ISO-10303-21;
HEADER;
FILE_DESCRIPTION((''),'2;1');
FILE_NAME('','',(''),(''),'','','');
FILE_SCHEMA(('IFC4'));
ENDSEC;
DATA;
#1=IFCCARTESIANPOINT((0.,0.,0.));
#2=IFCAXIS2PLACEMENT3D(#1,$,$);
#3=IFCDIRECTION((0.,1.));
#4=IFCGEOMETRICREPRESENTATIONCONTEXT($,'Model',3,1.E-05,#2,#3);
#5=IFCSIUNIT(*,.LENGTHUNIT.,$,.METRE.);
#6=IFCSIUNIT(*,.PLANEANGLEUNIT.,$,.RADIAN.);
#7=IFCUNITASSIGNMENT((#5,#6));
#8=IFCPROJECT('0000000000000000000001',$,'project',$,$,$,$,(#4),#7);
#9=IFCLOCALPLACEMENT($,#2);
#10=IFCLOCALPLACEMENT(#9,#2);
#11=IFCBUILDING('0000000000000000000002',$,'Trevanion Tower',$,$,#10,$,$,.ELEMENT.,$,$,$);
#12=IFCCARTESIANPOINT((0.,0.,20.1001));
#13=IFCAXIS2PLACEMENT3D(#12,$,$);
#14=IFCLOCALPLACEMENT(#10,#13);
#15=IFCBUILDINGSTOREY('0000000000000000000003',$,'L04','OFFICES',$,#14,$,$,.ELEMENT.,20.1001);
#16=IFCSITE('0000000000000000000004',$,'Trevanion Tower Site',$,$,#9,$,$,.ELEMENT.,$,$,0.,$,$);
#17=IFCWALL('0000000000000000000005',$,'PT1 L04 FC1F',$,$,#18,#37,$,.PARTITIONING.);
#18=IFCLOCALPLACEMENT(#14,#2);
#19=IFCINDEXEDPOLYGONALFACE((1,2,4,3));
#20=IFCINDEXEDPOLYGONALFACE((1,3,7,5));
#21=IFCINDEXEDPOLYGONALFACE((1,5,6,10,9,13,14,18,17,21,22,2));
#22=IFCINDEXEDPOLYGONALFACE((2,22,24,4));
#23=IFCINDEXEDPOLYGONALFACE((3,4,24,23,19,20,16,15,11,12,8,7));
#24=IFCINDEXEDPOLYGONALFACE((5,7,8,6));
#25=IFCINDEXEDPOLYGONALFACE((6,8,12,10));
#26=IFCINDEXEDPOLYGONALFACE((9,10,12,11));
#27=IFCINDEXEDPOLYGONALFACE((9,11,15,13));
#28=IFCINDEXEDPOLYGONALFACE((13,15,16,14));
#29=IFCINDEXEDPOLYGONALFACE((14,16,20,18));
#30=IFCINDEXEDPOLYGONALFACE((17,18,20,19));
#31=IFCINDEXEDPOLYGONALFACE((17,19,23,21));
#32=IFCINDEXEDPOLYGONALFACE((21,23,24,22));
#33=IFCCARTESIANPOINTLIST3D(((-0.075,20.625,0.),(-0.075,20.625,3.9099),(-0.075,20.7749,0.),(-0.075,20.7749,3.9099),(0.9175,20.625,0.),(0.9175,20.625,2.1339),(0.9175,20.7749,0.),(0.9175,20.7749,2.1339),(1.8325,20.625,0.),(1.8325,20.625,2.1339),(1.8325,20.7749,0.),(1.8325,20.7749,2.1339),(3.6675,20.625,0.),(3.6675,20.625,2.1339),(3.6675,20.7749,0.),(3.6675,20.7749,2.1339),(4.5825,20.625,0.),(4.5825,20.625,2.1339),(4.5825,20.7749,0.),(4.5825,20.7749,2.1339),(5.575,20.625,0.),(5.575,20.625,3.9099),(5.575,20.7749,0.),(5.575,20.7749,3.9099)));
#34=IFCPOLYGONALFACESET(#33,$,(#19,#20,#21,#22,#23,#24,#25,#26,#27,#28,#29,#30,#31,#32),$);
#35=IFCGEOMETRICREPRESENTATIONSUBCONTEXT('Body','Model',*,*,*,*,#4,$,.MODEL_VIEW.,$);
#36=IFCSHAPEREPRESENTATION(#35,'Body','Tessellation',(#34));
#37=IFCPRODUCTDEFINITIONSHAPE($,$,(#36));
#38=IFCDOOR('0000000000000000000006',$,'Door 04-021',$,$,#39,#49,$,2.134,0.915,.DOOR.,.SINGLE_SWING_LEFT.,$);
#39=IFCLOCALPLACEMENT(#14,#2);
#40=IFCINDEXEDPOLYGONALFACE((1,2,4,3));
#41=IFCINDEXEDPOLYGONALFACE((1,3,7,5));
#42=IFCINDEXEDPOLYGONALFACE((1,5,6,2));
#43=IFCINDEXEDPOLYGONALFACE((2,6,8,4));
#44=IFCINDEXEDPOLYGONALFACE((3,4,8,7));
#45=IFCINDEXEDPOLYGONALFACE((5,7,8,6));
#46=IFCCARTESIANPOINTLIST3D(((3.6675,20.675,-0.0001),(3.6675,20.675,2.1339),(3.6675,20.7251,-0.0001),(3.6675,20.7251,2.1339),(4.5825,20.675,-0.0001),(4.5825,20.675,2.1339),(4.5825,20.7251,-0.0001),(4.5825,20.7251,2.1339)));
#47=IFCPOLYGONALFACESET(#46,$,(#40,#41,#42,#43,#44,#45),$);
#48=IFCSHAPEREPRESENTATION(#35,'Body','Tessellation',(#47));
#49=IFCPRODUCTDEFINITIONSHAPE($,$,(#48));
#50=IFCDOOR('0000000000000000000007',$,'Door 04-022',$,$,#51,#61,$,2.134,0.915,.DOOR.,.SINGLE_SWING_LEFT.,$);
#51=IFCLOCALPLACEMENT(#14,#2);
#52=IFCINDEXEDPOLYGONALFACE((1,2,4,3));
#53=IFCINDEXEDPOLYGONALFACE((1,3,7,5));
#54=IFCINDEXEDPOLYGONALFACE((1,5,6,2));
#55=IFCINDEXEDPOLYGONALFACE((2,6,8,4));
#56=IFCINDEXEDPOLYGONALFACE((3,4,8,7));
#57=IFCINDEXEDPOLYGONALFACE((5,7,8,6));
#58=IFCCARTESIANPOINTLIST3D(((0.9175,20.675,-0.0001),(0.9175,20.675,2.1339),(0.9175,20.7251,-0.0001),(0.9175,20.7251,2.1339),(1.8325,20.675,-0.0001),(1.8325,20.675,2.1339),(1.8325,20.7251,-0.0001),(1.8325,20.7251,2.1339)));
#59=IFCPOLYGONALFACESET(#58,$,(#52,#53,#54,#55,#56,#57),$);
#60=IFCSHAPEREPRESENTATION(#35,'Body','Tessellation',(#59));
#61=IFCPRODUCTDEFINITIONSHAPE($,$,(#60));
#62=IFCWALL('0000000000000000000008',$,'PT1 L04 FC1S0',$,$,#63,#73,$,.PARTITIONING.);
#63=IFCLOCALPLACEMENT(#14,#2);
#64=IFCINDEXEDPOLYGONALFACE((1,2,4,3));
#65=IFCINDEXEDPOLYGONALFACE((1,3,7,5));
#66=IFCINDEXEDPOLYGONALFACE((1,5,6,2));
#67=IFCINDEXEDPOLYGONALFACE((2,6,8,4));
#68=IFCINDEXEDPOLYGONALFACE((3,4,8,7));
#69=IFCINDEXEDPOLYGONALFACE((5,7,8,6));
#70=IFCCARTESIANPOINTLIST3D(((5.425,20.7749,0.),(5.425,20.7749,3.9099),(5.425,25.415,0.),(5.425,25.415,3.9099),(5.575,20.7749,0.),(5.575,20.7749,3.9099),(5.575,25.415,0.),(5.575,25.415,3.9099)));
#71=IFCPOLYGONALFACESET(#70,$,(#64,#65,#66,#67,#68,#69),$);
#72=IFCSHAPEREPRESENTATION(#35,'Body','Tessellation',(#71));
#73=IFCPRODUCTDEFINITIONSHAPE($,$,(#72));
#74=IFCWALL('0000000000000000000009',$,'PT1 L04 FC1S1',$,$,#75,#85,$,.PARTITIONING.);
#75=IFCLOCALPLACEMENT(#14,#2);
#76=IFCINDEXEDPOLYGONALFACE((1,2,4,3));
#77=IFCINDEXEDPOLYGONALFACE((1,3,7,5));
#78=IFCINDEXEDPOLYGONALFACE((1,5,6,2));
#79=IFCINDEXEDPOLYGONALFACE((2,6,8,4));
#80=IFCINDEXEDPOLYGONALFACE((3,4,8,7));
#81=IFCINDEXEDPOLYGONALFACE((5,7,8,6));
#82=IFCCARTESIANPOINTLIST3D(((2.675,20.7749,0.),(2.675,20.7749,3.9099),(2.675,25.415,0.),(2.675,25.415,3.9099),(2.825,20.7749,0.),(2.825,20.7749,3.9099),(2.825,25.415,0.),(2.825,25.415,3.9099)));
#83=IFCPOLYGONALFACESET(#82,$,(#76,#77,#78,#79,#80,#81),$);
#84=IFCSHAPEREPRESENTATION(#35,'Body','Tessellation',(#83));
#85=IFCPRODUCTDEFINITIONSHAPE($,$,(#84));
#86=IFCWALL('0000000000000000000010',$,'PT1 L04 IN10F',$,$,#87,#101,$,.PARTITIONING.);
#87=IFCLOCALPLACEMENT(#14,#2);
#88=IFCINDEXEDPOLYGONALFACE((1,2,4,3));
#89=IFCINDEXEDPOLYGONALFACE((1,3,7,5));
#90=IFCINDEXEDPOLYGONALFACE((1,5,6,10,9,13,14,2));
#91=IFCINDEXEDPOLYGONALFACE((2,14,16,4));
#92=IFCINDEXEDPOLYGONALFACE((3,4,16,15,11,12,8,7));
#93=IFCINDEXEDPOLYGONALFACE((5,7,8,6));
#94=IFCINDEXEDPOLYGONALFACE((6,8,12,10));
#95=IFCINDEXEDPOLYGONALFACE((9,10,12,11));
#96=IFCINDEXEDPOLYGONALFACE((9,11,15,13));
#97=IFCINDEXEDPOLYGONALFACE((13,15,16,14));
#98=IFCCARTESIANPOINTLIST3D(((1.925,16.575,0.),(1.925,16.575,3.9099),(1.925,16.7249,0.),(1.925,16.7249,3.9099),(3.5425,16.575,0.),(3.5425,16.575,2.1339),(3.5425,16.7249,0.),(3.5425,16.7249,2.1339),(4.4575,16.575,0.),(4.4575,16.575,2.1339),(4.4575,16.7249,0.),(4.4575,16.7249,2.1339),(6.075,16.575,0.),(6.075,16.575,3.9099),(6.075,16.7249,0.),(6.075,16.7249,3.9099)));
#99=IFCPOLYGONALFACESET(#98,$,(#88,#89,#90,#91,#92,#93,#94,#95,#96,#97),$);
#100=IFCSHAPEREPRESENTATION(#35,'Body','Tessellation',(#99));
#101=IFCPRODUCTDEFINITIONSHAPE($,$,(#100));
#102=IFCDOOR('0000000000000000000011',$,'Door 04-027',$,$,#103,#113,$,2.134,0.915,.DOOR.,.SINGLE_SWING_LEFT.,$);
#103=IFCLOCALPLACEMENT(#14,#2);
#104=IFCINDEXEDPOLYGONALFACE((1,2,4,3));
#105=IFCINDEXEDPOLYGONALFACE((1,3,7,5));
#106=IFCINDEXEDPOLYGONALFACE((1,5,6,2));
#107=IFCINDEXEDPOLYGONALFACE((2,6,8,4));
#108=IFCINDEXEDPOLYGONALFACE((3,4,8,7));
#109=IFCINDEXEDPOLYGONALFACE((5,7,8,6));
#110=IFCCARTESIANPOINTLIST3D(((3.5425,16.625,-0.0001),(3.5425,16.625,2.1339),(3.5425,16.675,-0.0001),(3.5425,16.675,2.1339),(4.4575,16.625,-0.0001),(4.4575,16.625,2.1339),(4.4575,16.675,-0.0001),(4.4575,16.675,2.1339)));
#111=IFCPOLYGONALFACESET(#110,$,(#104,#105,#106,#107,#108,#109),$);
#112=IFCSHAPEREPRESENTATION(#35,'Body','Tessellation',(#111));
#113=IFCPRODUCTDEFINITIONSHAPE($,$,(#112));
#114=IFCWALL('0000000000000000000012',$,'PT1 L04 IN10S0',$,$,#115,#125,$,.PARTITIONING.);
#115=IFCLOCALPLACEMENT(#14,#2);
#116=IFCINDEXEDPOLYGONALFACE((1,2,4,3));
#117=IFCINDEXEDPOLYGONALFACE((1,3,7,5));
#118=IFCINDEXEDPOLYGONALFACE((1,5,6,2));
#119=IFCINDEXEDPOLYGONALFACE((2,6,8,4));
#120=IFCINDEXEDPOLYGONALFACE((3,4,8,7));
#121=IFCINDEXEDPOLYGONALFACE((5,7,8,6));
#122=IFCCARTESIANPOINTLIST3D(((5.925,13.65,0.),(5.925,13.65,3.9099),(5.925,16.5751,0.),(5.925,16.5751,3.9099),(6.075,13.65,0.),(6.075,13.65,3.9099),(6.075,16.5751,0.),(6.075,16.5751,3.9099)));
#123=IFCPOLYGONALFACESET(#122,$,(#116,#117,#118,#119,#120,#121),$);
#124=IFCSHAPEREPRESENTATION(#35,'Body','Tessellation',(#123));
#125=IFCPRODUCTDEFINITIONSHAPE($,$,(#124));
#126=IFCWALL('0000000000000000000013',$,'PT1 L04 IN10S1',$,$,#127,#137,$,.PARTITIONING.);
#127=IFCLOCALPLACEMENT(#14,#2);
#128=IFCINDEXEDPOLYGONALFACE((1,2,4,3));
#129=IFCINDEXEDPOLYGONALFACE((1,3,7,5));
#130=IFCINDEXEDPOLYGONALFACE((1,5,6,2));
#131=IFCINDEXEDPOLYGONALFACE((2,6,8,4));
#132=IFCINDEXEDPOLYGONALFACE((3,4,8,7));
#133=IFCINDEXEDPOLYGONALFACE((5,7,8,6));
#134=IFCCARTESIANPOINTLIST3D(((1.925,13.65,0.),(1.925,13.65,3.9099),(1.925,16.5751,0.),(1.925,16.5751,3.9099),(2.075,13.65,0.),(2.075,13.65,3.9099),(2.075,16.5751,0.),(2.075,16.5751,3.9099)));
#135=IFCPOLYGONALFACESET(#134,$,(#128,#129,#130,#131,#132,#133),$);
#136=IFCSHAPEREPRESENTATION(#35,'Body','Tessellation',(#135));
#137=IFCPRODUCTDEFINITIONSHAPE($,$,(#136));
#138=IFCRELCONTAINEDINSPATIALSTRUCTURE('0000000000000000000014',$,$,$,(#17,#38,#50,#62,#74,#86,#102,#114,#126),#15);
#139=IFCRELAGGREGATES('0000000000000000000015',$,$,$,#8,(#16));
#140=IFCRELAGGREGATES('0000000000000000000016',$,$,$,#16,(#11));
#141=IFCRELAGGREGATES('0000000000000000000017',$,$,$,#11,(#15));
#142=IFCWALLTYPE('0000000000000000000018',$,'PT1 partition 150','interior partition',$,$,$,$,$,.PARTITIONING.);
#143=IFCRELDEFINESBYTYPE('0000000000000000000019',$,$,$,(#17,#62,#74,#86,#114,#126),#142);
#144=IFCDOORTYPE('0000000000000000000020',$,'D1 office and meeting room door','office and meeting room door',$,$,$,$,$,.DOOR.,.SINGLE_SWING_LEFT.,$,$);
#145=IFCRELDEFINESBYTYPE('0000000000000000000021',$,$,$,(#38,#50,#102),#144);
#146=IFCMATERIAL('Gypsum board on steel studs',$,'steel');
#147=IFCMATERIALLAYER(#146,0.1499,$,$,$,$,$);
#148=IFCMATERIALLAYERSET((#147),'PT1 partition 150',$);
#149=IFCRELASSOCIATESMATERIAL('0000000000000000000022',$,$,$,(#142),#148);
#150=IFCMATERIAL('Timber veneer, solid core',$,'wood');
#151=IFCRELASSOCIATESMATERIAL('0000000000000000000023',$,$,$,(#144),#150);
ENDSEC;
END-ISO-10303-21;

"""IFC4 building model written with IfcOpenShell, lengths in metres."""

from ifc_helpers import new_model, si_unit, direction, frame, frame_2d, origin, place, context, subcontext, project, spatial, rectangle, extrude, material, layer, layer_set, type_object, element, fill, save


model = new_model("IFC4")

# Units and contexts
model_context = context("Model", 3, precision=1e-05, world=origin(), true_north=direction((0.0, 1.0)))
body_context = subcontext(model_context, "Body", "Model", "MODEL_VIEW")
ifc_project = project(units=[si_unit("LENGTHUNIT", "METRE"), si_unit("PLANEANGLEUNIT", "RADIAN")], contexts=[model_context])

# Site, building, storey
site_placement = place(None, origin())
site = spatial("IfcSite", under=ifc_project, at=site_placement, Name="Trevanion Tower Site", CompositionType="ELEMENT", RefElevation=0.0)
building_placement = place(site_placement, origin())
building = spatial("IfcBuilding", under=site, at=building_placement, Name="Trevanion Tower", CompositionType="ELEMENT")
storey_placement = place(building_placement, frame((0.0, 0.0, 20.1001)))
storey = spatial("IfcBuildingStorey", under=building, at=storey_placement, Name="L04", Description="OFFICES", CompositionType="ELEMENT", Elevation=20.1001)

# Wall, openings, doors
ifc_material_1 = material(Name="Gypsum board on steel studs", Category="steel")
ifc_layer_1 = layer(ifc_material_1, 0.1499)
ifc_layer_set_1 = layer_set([ifc_layer_1], Name="PT1 partition 150")
wall_type = type_object("IfcWallType", Name="PT1 partition 150", Description="interior partition", PredefinedType="PARTITIONING", material=ifc_layer_set_1)
wall_1_placement = place(storey_placement, frame((5.575, 20.7, 0.0), z_axis=(0.0, 0.0, 1.0), x_axis=(-1.0, 0.0, 0.0)))
wall_1 = element("IfcWall", 1, at=wall_1_placement, inside=storey, type_object=wall_type, Name="PT1 L04 FC1F", PredefinedType="PARTITIONING", context=body_context, shape_type="SweptSolid", body=[
    extrude(rectangle(XDim=5.6499, YDim=0.1499, at=frame_2d((2.825, 0.0))), origin(), (0.0, 0.0, 1.0), 3.9099),
])
opening_1_placement = place(wall_1_placement, frame((0.9924, 0.0, 0.0)))
opening_1 = element("IfcOpeningElement", 2, at=opening_1_placement, cuts=wall_1, PredefinedType="OPENING", context=body_context, shape_type="SweptSolid", body=[
    extrude(rectangle(XDim=0.915, YDim=2.134, at=frame_2d((0.4575, 1.0669))), frame((0.0, 0.085, 0.0), z_axis=(0.0, -1.0, 0.0), x_axis=(1.0, 0.0, 0.0)), (0.0, 0.0, 1.0), 0.1699),
])
opening_2_placement = place(wall_1_placement, frame((3.7424, 0.0, 0.0)))
opening_2 = element("IfcOpeningElement", 3, at=opening_2_placement, cuts=wall_1, PredefinedType="OPENING", context=body_context, shape_type="SweptSolid", body=[
    extrude(rectangle(XDim=0.915, YDim=2.134, at=frame_2d((0.4575, 1.0669))), frame((0.0, 0.085, 0.0), z_axis=(0.0, -1.0, 0.0), x_axis=(1.0, 0.0, 0.0)), (0.0, 0.0, 1.0), 0.1699),
])
ifc_material_2 = material(Name="Timber veneer, solid core", Category="wood")
door_type = type_object("IfcDoorType", Name="D1 office and meeting room door", Description="office and meeting room door", OperationType="SINGLE_SWING_LEFT", PredefinedType="DOOR", material=ifc_material_2)
door_1_placement = place(opening_1_placement, origin())
door_1 = element("IfcDoor", 4, at=door_1_placement, inside=storey, type_object=door_type, Name="Door 04-021", OperationType="SINGLE_SWING_LEFT", OverallHeight=2.134, OverallWidth=0.915, PredefinedType="DOOR", context=body_context, shape_type="SweptSolid", body=[
    extrude(rectangle(XDim=0.915, YDim=2.134, at=frame_2d((0.4575, 1.0669))), frame((0.0, 0.0249, 0.0), z_axis=(0.0, -1.0, 0.0), x_axis=(1.0, 0.0, 0.0)), (0.0, 0.0, 1.0), 0.05),
])
fill(opening_1, door_1)
door_2_placement = place(opening_2_placement, origin())
door_2 = element("IfcDoor", 5, at=door_2_placement, inside=storey, type_object=door_type, Name="Door 04-022", OperationType="SINGLE_SWING_LEFT", OverallHeight=2.134, OverallWidth=0.915, PredefinedType="DOOR", context=body_context, shape_type="SweptSolid", body=[
    extrude(rectangle(XDim=0.915, YDim=2.134, at=frame_2d((0.4575, 1.0669))), frame((0.0, 0.0249, 0.0), z_axis=(0.0, -1.0, 0.0), x_axis=(1.0, 0.0, 0.0)), (0.0, 0.0, 1.0), 0.05),
])
fill(opening_2, door_2)

# Walls
for number, where, z_axis, x_axis, name in (
    (6, (5.5, 20.7749, 0.0), (0.0, 0.0, 1.0), (0.0, 1.0, 0.0), "PT1 L04 FC1S0"),
    (7, (2.75, 20.7749, 0.0), (0.0, 0.0, 1.0), (0.0, 1.0, 0.0), "PT1 L04 FC1S1"),
):
    element("IfcWall", number, at=place(storey_placement, frame(where, z_axis=z_axis, x_axis=x_axis)), inside=storey, type_object=wall_type, Name=name, PredefinedType="PARTITIONING", context=body_context, shape_type="SweptSolid", body=[
        extrude(rectangle(XDim=4.6401, YDim=0.1499, at=frame_2d((2.3201, 0.0))), origin(), (0.0, 0.0, 1.0), 3.9099),
    ])

# Wall, opening, door
wall_2_placement = place(storey_placement, frame((6.075, 16.6499, 0.0), z_axis=(0.0, 0.0, 1.0), x_axis=(-1.0, 0.0, 0.0)))
wall_2 = element("IfcWall", 8, at=wall_2_placement, inside=storey, type_object=wall_type, Name="PT1 L04 IN10F", PredefinedType="PARTITIONING", context=body_context, shape_type="SweptSolid", body=[
    extrude(rectangle(XDim=4.1499, YDim=0.1499, at=frame_2d((2.075, 0.0))), origin(), (0.0, 0.0, 1.0), 3.9099),
])
opening_3_placement = place(wall_2_placement, frame((1.6174, 0.0, 0.0)))
opening_3 = element("IfcOpeningElement", 9, at=opening_3_placement, cuts=wall_2, PredefinedType="OPENING", context=body_context, shape_type="SweptSolid", body=[
    extrude(rectangle(XDim=0.915, YDim=2.134, at=frame_2d((0.4575, 1.0669))), frame((0.0, 0.085, 0.0), z_axis=(0.0, -1.0, 0.0), x_axis=(1.0, 0.0, 0.0)), (0.0, 0.0, 1.0), 0.1699),
])
door_3_placement = place(opening_3_placement, origin())
door_3 = element("IfcDoor", 10, at=door_3_placement, inside=storey, type_object=door_type, Name="Door 04-027", OperationType="SINGLE_SWING_LEFT", OverallHeight=2.134, OverallWidth=0.915, PredefinedType="DOOR", context=body_context, shape_type="SweptSolid", body=[
    extrude(rectangle(XDim=0.915, YDim=2.134, at=frame_2d((0.4575, 1.0669))), frame((0.0, 0.0249, 0.0), z_axis=(0.0, -1.0, 0.0), x_axis=(1.0, 0.0, 0.0)), (0.0, 0.0, 1.0), 0.05),
])
fill(opening_3, door_3)

# Walls
for number, where, z_axis, x_axis, name in (
    (11, (6.0, 16.575, 0.0), (0.0, 0.0, 1.0), (0.0, -1.0, 0.0), "PT1 L04 IN10S0"),
    (12, (2.0, 16.575, 0.0), (0.0, 0.0, 1.0), (0.0, -1.0, 0.0), "PT1 L04 IN10S1"),
):
    element("IfcWall", number, at=place(storey_placement, frame(where, z_axis=z_axis, x_axis=x_axis)), inside=storey, type_object=wall_type, Name=name, PredefinedType="PARTITIONING", context=body_context, shape_type="SweptSolid", body=[
        extrude(rectangle(XDim=2.925, YDim=0.1499, at=frame_2d((1.4624, 0.0))), origin(), (0.0, 0.0, 1.0), 3.9099),
    ])

save(model, "model.ifc")
